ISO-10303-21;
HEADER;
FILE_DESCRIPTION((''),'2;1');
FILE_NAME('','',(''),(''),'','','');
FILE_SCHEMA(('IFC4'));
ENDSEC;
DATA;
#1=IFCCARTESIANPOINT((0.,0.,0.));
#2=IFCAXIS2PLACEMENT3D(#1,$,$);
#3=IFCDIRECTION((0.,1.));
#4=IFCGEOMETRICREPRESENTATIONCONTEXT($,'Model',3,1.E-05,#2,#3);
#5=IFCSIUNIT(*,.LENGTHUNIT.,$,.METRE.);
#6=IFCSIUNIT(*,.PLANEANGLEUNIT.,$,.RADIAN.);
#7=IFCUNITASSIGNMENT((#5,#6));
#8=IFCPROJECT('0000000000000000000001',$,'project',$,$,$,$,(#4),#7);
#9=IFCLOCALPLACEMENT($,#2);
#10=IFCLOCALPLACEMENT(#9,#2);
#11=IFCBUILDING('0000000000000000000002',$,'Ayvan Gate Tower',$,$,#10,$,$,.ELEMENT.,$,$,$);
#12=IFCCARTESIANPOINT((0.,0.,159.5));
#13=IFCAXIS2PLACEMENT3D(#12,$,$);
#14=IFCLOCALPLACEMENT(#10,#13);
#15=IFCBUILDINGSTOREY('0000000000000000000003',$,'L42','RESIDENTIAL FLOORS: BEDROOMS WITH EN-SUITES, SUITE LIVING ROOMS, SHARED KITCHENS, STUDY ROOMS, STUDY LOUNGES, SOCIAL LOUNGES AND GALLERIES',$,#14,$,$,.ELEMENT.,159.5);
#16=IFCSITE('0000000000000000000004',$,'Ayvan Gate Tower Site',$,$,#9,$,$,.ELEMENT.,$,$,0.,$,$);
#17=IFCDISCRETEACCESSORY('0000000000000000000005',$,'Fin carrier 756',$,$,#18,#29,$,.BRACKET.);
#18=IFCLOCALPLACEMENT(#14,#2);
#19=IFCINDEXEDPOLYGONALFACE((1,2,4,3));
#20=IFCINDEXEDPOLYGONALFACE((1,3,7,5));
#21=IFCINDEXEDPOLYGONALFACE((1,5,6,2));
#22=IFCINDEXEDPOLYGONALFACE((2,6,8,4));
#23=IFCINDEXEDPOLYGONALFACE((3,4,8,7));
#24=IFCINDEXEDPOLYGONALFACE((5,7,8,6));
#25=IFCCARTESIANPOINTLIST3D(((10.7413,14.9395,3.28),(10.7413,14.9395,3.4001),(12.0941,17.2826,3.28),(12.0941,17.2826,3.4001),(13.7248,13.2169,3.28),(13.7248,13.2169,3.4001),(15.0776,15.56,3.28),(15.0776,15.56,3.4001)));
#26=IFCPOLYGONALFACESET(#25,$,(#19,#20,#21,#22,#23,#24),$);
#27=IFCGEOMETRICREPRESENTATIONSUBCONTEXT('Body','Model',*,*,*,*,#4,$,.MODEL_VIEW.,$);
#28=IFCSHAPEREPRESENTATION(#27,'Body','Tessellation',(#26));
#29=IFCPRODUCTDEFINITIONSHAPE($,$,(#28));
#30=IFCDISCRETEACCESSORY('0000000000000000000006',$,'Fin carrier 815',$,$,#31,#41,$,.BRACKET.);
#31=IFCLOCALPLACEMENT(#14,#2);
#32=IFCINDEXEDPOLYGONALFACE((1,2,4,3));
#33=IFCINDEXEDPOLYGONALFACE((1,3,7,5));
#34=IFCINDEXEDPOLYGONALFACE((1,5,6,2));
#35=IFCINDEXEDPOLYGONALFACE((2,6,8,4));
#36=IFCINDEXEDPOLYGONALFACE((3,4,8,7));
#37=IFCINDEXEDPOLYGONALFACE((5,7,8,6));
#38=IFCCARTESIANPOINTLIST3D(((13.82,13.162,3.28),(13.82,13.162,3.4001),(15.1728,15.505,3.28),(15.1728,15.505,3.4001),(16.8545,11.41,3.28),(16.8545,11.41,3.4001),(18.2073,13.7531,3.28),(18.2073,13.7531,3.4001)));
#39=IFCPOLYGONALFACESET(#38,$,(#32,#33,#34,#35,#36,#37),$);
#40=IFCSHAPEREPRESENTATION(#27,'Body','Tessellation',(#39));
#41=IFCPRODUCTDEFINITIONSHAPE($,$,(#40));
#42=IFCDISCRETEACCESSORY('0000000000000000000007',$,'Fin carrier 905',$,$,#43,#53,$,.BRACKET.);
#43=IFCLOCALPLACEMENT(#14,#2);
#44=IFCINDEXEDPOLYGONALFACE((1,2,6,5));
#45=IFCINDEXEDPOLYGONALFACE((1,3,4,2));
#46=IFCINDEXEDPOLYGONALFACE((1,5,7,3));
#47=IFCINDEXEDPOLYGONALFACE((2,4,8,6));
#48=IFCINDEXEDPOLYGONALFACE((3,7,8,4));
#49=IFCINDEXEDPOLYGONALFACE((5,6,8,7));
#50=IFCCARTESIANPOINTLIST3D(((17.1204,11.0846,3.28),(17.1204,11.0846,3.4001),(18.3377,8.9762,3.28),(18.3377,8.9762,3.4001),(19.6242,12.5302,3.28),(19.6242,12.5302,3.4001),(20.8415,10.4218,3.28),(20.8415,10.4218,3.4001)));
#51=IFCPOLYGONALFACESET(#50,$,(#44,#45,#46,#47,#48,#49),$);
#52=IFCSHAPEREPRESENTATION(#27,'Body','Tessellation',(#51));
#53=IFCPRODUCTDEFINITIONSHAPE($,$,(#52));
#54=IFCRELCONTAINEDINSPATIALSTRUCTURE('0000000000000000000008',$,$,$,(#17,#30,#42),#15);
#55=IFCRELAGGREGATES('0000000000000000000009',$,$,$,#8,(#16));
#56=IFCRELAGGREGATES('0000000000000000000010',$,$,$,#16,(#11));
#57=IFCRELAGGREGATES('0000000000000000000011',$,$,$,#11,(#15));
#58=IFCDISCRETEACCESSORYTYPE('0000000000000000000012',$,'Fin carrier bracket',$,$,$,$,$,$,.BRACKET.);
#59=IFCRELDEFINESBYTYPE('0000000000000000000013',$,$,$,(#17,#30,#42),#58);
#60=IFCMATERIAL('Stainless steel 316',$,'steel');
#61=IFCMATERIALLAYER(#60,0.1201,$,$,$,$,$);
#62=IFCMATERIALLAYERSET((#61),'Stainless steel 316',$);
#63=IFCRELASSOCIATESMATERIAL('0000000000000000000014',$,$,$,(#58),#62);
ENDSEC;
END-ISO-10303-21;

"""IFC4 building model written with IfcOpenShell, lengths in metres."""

from ifc_helpers import new_model, si_unit, direction, frame, origin, origin_2d, place, context, subcontext, project, spatial, rectangle, extrude, material, layer, layer_set, type_object, element, save


model = new_model("IFC4")

# Units and contexts
model_context = context("Model", 3, precision=1e-05, world=origin(), true_north=direction((0.0, 1.0)))
body_context = subcontext(model_context, "Body", "Model", "MODEL_VIEW")
ifc_project = project(units=[si_unit("LENGTHUNIT", "METRE"), si_unit("PLANEANGLEUNIT", "RADIAN")], contexts=[model_context])

# Site, building, storey
site_placement = place(None, origin())
site = spatial("IfcSite", under=ifc_project, at=site_placement, Name="Ayvan Gate Tower Site", CompositionType="ELEMENT", RefElevation=0.0)
building_placement = place(site_placement, origin())
building = spatial("IfcBuilding", under=site, at=building_placement, Name="Ayvan Gate Tower", CompositionType="ELEMENT")
storey_placement = place(building_placement, frame((0.0, 0.0, 159.5)))
storey = spatial("IfcBuildingStorey", under=building, at=storey_placement, Name="L42", Description="RESIDENTIAL FLOORS: BEDROOMS WITH EN-SUITES, SUITE LIVING ROOMS, SHARED KITCHENS, STUDY ROOMS, STUDY LOUNGES, SOCIAL LOUNGES AND GALLERIES", CompositionType="ELEMENT", Elevation=159.5)

# Discrete accessories
ifc_material_1 = material(Name="Stainless steel 316", Category="steel")
ifc_layer_1 = layer(ifc_material_1, 0.1201)
ifc_layer_set_1 = layer_set([ifc_layer_1], Name="Stainless steel 316")
discrete_accessory_type = type_object("IfcDiscreteAccessoryType", Name="Fin carrier bracket", PredefinedType="BRACKET", material=ifc_layer_set_1)
for number, where, z_axis, x_axis, name in (
    (1, (12.9094, 15.2498, 3.28), (0.0, 0.0, 1.0), (-0.866025, 0.5, 0.0), "Fin carrier 756"),
):
    element("IfcDiscreteAccessory", number, at=place(storey_placement, frame(where, z_axis=z_axis, x_axis=x_axis)), inside=storey, type_object=discrete_accessory_type, Name=name, PredefinedType="BRACKET", context=body_context, shape_type="SweptSolid", body=[
        extrude(rectangle(XDim=3.4451, YDim=2.7056, at=origin_2d()), origin(), (0.0, 0.0, 1.0), 0.1201),
    ])
discrete_accessory_1_placement = place(storey_placement, frame((16.0137, 13.4575, 3.28), z_axis=(0.0, 0.0, 1.0), x_axis=(-0.866025, 0.5, 0.0)))
element("IfcDiscreteAccessory", 2, at=discrete_accessory_1_placement, inside=storey, type_object=discrete_accessory_type, Name="Fin carrier 815", PredefinedType="BRACKET", context=body_context, shape_type="SweptSolid", body=[
    extrude(rectangle(XDim=3.5039, YDim=2.7056, at=origin_2d()), origin(), (0.0, 0.0, 1.0), 0.1201),
])
discrete_accessory_2_placement = place(storey_placement, frame((18.981, 10.7532, 3.28), z_axis=(0.0, 0.0, 1.0), x_axis=(-0.5, 0.866025, 0.0)))
element("IfcDiscreteAccessory", 3, at=discrete_accessory_2_placement, inside=storey, type_object=discrete_accessory_type, Name="Fin carrier 905", PredefinedType="BRACKET", context=body_context, shape_type="SweptSolid", body=[
    extrude(rectangle(XDim=2.4346, YDim=2.8911, at=origin_2d()), origin(), (0.0, 0.0, 1.0), 0.1201),
])

save(model, "model.ifc")
